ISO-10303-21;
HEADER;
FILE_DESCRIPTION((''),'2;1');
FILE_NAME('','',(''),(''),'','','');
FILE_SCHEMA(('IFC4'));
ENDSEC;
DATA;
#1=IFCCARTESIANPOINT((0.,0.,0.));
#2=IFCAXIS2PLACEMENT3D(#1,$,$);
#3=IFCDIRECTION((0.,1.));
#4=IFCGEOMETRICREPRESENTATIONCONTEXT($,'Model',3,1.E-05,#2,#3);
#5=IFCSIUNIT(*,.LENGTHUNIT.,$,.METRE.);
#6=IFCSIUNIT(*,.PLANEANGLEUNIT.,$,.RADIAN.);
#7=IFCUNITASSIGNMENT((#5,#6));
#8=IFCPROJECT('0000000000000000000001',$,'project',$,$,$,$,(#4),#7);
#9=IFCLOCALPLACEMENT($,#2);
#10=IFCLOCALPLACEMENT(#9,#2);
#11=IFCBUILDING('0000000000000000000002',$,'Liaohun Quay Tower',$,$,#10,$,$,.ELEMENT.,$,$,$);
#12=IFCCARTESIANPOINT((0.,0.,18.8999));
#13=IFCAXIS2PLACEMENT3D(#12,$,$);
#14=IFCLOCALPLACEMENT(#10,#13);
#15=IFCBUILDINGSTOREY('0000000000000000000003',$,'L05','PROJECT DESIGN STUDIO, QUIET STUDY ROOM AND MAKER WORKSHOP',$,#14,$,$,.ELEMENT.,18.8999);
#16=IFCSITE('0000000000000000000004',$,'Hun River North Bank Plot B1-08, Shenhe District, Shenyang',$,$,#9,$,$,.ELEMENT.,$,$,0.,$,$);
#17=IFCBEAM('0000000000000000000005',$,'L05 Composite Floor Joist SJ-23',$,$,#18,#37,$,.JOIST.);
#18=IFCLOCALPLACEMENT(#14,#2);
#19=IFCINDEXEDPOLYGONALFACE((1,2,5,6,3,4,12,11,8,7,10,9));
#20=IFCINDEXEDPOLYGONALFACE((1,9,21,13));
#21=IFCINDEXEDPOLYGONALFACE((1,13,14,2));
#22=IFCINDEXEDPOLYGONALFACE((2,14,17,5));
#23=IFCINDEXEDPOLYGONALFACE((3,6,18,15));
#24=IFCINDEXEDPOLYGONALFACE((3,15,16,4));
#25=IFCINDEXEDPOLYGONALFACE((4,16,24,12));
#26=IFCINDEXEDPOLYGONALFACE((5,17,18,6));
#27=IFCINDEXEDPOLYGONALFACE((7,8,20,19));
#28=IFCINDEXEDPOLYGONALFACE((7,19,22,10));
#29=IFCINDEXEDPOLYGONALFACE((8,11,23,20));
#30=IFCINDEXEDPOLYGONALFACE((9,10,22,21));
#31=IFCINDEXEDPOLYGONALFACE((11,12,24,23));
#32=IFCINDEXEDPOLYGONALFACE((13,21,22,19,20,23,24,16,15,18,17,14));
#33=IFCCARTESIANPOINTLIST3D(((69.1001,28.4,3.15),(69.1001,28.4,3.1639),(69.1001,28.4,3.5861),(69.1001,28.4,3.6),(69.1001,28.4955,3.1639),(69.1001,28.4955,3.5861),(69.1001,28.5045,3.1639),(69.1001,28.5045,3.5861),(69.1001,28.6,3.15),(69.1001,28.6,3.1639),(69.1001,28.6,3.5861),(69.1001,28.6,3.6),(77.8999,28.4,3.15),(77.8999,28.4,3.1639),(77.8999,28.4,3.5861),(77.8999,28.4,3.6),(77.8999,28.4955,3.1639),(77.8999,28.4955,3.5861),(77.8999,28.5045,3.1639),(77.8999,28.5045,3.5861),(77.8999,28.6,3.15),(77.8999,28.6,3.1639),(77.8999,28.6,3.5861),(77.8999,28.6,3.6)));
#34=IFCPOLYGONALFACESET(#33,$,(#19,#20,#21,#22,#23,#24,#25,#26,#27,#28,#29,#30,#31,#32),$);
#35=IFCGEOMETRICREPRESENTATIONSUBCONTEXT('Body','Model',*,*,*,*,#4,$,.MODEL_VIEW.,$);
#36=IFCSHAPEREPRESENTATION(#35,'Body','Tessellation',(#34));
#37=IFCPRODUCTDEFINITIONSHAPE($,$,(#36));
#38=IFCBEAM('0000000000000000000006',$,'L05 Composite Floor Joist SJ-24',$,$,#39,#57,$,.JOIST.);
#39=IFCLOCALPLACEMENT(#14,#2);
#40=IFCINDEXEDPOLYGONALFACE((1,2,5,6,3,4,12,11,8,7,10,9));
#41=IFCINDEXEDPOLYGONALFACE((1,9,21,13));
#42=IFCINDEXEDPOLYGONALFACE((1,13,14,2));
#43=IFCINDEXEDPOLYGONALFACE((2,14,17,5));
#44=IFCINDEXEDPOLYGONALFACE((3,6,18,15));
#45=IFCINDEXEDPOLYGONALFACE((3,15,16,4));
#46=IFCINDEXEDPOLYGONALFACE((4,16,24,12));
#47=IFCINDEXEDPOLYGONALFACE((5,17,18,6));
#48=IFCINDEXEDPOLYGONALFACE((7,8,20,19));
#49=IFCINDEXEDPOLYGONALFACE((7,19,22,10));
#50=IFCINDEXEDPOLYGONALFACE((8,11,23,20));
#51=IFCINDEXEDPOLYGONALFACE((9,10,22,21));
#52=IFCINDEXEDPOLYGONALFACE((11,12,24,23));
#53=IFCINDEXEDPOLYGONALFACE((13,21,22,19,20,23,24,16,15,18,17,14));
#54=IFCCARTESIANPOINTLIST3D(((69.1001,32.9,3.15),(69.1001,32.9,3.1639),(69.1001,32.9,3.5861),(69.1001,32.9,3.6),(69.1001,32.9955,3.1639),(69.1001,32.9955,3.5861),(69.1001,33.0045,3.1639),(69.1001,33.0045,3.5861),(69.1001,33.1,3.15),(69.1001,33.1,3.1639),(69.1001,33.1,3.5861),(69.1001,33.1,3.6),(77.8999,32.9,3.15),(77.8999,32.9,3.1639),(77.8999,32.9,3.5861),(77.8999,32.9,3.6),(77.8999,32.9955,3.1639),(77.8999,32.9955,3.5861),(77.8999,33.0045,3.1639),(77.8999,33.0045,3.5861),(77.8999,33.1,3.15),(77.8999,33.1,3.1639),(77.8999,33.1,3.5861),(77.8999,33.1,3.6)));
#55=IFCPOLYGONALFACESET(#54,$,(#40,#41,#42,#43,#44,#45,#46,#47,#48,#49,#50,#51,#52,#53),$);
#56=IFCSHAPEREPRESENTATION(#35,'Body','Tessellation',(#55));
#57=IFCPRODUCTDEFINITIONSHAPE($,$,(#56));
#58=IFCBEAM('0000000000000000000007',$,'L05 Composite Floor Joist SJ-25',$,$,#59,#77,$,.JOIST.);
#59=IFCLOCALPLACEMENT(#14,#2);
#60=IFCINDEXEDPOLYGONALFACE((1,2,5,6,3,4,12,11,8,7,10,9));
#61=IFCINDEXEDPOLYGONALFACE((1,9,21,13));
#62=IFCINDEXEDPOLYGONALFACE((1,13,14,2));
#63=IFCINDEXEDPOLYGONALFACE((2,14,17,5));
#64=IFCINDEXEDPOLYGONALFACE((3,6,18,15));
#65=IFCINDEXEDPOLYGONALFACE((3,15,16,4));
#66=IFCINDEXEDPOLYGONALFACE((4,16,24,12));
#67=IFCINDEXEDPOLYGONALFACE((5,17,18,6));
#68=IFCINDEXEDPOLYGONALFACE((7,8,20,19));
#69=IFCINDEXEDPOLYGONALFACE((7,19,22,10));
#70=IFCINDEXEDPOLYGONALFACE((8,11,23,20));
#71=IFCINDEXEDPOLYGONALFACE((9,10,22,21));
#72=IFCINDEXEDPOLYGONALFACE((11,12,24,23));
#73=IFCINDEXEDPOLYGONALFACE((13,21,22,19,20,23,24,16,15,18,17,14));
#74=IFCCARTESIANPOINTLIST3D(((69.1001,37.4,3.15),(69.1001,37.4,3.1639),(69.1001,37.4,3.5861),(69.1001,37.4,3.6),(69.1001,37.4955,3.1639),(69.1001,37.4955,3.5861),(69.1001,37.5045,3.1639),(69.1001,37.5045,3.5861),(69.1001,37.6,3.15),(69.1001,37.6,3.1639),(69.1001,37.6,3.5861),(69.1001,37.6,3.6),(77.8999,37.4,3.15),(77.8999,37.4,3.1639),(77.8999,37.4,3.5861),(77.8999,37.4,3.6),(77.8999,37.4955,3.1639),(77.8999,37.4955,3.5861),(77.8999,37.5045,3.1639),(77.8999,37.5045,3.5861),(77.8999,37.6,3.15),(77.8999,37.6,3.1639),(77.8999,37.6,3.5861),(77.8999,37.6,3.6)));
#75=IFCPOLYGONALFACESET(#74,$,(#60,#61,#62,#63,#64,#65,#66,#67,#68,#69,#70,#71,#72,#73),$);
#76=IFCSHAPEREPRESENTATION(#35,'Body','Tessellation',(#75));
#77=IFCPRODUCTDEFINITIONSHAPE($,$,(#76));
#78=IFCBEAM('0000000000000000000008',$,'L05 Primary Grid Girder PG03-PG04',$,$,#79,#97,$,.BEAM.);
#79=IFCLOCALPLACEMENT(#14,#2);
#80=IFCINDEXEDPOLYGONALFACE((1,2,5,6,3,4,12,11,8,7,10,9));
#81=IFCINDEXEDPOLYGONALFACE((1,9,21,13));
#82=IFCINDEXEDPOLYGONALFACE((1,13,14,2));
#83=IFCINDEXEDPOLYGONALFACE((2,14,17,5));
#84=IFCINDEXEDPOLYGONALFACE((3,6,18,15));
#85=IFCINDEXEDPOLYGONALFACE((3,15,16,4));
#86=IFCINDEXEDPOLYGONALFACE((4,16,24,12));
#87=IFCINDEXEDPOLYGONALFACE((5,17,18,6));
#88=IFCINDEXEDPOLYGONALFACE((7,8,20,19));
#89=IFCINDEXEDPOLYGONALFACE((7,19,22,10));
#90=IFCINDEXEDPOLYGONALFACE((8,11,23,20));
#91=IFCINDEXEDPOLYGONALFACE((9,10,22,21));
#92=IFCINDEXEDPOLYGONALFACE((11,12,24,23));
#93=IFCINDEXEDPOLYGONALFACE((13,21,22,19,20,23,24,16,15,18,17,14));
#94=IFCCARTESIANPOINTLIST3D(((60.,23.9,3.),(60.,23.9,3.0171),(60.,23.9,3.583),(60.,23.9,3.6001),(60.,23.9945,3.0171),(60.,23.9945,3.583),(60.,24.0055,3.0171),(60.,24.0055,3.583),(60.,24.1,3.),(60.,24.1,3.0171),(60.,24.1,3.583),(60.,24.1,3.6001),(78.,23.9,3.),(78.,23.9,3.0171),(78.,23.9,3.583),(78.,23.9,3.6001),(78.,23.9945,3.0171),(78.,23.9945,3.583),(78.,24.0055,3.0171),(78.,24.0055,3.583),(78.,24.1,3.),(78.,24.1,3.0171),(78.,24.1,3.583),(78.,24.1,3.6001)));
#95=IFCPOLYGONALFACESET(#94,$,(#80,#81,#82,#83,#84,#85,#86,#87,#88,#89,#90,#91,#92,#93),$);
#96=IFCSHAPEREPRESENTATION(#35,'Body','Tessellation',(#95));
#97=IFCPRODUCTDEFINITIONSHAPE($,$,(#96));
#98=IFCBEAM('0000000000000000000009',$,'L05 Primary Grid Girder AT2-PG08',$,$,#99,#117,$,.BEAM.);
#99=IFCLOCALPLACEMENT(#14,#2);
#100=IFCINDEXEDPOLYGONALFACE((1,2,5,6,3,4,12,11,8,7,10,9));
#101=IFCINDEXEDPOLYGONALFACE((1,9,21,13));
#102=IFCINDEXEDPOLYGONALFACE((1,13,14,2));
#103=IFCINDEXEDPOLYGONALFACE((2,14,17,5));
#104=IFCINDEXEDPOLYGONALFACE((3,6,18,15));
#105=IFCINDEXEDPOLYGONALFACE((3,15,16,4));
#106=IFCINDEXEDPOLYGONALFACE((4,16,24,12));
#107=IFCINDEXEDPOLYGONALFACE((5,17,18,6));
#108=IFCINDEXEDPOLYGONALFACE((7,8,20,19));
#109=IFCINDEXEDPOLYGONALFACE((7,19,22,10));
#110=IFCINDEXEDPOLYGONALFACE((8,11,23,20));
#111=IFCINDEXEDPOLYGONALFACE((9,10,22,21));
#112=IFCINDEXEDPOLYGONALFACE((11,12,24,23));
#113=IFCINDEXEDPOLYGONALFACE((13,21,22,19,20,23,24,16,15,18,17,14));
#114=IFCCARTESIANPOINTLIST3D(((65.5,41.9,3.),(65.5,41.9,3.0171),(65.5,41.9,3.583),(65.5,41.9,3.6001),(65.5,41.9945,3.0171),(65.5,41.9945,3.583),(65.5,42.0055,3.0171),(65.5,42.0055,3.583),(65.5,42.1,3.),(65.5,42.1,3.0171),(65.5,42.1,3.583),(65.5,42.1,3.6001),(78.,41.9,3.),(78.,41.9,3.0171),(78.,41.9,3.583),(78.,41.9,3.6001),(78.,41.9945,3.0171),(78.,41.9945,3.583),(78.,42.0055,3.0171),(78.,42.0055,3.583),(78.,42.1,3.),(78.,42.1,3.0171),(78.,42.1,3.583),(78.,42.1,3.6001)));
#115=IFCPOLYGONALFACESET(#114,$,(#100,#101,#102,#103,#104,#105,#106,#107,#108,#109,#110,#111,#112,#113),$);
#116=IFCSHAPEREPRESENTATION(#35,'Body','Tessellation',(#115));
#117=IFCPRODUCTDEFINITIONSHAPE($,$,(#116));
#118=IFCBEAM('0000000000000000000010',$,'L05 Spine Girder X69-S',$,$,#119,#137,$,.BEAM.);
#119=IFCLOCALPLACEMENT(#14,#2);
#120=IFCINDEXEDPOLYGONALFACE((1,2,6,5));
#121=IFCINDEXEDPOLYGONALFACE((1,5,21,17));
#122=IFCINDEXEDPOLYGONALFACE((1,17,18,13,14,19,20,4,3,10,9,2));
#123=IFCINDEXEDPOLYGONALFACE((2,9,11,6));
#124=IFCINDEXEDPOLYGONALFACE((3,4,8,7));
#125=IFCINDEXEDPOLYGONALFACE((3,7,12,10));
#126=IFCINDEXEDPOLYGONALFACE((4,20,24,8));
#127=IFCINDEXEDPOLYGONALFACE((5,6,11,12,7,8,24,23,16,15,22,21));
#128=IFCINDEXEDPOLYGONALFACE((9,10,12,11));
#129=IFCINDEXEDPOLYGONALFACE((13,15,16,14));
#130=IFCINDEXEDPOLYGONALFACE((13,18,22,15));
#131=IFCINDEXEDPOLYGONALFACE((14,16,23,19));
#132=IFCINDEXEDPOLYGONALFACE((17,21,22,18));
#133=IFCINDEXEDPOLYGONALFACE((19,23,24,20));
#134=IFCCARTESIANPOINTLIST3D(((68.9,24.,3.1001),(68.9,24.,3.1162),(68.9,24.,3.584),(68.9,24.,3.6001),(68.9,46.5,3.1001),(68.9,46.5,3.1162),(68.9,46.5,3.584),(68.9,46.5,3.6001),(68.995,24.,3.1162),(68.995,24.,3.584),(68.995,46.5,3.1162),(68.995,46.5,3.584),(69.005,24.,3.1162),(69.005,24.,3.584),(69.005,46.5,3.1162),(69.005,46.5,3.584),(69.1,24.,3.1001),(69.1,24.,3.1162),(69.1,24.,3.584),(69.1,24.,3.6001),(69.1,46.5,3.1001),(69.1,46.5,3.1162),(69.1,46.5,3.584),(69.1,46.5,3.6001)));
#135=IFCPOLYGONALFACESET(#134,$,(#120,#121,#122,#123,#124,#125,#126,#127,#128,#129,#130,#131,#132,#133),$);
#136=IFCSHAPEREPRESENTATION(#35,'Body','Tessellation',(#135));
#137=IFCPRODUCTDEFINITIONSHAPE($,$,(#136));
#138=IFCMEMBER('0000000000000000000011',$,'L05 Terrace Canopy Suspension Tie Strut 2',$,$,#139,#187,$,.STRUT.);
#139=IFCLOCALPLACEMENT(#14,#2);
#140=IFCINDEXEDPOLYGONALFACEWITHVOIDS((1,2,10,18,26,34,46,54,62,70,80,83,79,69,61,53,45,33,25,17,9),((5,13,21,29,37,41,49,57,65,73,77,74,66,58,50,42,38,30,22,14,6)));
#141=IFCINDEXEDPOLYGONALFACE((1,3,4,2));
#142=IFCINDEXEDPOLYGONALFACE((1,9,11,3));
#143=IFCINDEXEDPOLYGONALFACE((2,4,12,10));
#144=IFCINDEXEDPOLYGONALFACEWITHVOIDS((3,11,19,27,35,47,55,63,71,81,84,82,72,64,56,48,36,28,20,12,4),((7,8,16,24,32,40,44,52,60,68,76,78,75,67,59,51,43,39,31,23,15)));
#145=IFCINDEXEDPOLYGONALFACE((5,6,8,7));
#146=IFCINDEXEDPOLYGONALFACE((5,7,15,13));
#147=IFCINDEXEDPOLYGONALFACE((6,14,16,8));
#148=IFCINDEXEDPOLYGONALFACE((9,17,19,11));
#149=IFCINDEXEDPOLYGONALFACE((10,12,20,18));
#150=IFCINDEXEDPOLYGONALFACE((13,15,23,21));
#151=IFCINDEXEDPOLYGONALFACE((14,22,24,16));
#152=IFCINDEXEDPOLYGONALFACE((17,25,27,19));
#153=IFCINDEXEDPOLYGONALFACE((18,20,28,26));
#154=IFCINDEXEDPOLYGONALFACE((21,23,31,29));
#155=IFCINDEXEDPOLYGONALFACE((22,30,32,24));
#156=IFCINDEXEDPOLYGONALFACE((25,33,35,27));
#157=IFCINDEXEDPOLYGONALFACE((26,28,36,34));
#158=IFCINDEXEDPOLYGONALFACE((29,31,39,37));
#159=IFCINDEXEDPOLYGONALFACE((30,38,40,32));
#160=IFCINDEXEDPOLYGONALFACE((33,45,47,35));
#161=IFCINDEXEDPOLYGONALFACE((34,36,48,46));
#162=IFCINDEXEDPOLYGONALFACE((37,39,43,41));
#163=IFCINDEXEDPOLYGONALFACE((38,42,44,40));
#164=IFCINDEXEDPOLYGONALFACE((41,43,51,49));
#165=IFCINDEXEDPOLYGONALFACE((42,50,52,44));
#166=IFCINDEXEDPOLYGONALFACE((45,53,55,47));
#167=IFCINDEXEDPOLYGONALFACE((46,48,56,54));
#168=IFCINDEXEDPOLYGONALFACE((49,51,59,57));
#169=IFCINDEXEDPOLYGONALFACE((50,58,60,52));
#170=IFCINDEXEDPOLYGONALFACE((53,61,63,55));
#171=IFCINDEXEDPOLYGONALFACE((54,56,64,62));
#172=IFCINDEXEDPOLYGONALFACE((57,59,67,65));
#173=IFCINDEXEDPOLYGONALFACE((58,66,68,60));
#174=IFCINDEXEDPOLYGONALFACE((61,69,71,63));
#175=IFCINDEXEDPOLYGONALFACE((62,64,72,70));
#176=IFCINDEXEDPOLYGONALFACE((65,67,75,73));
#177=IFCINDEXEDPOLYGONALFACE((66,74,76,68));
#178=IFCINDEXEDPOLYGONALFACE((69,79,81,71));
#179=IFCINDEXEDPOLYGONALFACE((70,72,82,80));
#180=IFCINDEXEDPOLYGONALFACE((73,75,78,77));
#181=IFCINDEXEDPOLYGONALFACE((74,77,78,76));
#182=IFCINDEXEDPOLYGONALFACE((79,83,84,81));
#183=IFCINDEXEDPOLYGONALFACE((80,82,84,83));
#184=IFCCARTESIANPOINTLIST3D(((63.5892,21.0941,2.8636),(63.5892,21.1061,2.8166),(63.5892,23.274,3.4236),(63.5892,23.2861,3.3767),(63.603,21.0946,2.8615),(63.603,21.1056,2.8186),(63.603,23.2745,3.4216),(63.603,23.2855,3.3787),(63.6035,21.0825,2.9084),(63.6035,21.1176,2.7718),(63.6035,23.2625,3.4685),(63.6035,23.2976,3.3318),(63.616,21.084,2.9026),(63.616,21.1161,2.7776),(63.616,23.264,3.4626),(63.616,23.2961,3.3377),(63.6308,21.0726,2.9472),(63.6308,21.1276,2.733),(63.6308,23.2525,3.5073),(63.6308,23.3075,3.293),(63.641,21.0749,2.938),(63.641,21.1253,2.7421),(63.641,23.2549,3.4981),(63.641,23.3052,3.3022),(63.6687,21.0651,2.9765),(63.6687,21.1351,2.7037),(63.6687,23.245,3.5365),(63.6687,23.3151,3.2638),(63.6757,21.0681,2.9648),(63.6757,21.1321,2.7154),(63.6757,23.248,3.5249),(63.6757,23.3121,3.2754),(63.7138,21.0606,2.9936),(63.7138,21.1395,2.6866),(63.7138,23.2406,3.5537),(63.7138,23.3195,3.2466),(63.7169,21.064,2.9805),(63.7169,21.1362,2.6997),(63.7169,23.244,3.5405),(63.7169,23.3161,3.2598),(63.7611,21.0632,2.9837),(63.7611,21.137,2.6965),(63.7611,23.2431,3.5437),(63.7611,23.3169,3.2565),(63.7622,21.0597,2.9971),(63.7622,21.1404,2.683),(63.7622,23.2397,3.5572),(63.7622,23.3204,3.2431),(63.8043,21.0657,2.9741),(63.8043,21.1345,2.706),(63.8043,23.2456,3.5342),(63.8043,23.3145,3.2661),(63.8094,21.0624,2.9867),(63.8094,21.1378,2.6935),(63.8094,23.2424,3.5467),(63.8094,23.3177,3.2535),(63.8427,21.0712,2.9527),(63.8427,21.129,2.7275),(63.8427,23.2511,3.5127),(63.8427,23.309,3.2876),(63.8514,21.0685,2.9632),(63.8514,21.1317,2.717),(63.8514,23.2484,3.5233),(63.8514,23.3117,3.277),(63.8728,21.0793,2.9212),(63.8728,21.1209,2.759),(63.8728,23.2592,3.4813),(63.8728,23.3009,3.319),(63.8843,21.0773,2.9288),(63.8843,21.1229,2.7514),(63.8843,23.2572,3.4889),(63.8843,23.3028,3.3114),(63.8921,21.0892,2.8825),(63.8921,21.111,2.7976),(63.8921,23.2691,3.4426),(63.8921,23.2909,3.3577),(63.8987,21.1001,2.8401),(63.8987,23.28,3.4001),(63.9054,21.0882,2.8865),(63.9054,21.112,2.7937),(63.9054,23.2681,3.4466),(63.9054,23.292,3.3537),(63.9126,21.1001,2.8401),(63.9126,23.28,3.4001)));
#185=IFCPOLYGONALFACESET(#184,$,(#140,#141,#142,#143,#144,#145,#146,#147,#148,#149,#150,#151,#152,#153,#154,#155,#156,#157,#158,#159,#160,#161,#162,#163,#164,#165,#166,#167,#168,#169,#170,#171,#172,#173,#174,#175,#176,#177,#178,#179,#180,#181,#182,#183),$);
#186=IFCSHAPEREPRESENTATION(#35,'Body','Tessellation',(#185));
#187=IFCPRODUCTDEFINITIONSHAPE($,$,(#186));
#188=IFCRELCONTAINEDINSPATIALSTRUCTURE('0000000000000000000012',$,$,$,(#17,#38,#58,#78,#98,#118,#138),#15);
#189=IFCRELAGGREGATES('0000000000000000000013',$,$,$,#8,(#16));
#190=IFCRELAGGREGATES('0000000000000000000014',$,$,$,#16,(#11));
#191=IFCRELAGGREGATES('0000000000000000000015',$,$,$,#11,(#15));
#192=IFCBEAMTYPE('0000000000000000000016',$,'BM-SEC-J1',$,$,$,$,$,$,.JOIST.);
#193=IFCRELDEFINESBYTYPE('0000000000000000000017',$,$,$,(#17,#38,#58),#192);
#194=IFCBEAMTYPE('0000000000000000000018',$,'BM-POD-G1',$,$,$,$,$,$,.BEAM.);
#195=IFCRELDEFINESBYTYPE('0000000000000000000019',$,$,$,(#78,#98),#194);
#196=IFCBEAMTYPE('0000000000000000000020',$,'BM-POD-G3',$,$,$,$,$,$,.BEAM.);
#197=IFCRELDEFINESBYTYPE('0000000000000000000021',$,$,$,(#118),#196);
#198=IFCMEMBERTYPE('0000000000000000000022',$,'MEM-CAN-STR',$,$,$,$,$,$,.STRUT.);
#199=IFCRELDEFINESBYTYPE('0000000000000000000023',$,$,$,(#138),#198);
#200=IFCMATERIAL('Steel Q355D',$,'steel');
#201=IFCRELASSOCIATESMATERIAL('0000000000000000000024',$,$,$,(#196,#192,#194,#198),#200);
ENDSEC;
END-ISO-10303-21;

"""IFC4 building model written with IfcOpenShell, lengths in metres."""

from ifc_helpers import new_model, si_unit, direction, frame, origin, origin_2d, place, context, subcontext, project, spatial, hollow_circle, i_section, extrude, source, transform, mapped, material, material_profile, profile_set, type_object, element, save


model = new_model("IFC4")

# Units and contexts
model_context = context("Model", 3, precision=1e-05, world=origin(), true_north=direction((0.0, 1.0)))
body_context = subcontext(model_context, "Body", "Model", "MODEL_VIEW")
ifc_project = project(units=[si_unit("LENGTHUNIT", "METRE"), si_unit("PLANEANGLEUNIT", "RADIAN")], contexts=[model_context])

# Site, building, storey
site_placement = place(None, origin())
site = spatial("IfcSite", under=ifc_project, at=site_placement, Name="Hun River North Bank Plot B1-08, Shenhe District, Shenyang", CompositionType="ELEMENT", RefElevation=0.0)
building_placement = place(site_placement, origin())
building = spatial("IfcBuilding", under=site, at=building_placement, Name="Liaohun Quay Tower", CompositionType="ELEMENT")
storey_placement = place(building_placement, frame((0.0, 0.0, 18.8999)))
storey = spatial("IfcBuildingStorey", under=building, at=storey_placement, Name="L05", Description="PROJECT DESIGN STUDIO, QUIET STUDY ROOM AND MAKER WORKSHOP", CompositionType="ELEMENT", Elevation=18.8999)

# Shared definitions
ifc_material_1 = material(Name="Steel Q355D", Category="steel")

# Beams
ifc_material_profile_1 = material_profile(ifc_material_1, i_section(OverallWidth=0.2, OverallDepth=0.5, WebThickness=0.01, FlangeThickness=0.0161, at=origin_2d()), Name="HN500x200x10x16")
ifc_profile_set_1 = profile_set([ifc_material_profile_1], Name="Steel Q355D")
beam_type_1 = type_object("IfcBeamType", Name="BM-POD-G3", PredefinedType="BEAM", material=ifc_profile_set_1)
ifc_material_profile_2 = material_profile(ifc_material_1, i_section(OverallWidth=0.2, OverallDepth=0.45, WebThickness=0.009, FlangeThickness=0.0139, at=origin_2d()), Name="HN450x200x9x14")
ifc_profile_set_2 = profile_set([ifc_material_profile_2], Name="Steel Q355D")
beam_type_2 = type_object("IfcBeamType", Name="BM-SEC-J1", PredefinedType="JOIST", material=ifc_profile_set_2)
shared_shape_1 = source(origin(), body_context, "Body", "SweptSolid", [
    extrude(i_section(OverallWidth=0.2, OverallDepth=0.45, WebThickness=0.009, FlangeThickness=0.0139, at=origin_2d()), origin(), (0.0, 0.0, 1.0), 8.7998),
])
for number, where, z_axis, x_axis, name in (
    (1, (69.1001, 28.5, 3.375), (1.0, 0.0, 0.0), (0.0, 1.0, 0.0), "L05 Composite Floor Joist SJ-23"),
    (2, (69.1001, 33.0, 3.375), (1.0, 0.0, 0.0), (0.0, 1.0, 0.0), "L05 Composite Floor Joist SJ-24"),
    (3, (69.1001, 37.5, 3.375), (1.0, 0.0, 0.0), (0.0, 1.0, 0.0), "L05 Composite Floor Joist SJ-25"),
):
    element("IfcBeam", number, at=place(storey_placement, frame(where, z_axis=z_axis, x_axis=x_axis)), inside=storey, type_object=beam_type_2, Name=name, PredefinedType="JOIST", context=body_context, shape_type="MappedRepresentation", body=[
        mapped(shared_shape_1, transform((0.0, 0.0, 0.0), x_axis=(1.0, 0.0, 0.0), y_axis=(0.0, 1.0, 0.0), z_axis=(0.0, 0.0, 1.0), scale=1.0)),
    ])
ifc_material_profile_3 = material_profile(ifc_material_1, i_section(OverallWidth=0.2, OverallDepth=0.6001, WebThickness=0.011, FlangeThickness=0.0171, at=origin_2d()), Name="HN600x200x11x17")
ifc_profile_set_3 = profile_set([ifc_material_profile_3], Name="Steel Q355D")
beam_type_3 = type_object("IfcBeamType", Name="BM-POD-G1", PredefinedType="BEAM", material=ifc_profile_set_3)
shared_shape_2 = source(origin(), body_context, "Body", "SweptSolid", [
    extrude(i_section(OverallWidth=0.2, OverallDepth=0.6001, WebThickness=0.011, FlangeThickness=0.0171, at=origin_2d()), origin(), (0.0, 0.0, 1.0), 18.0),
])
beam_1_placement = place(storey_placement, frame((60.0, 24.0, 3.3), z_axis=(1.0, 0.0, 0.0), x_axis=(0.0, 1.0, 0.0)))
element("IfcBeam", 4, at=beam_1_placement, inside=storey, type_object=beam_type_3, Name="L05 Primary Grid Girder PG03-PG04", PredefinedType="BEAM", context=body_context, shape_type="MappedRepresentation", body=[
    mapped(shared_shape_2, transform((0.0, 0.0, 0.0), x_axis=(1.0, 0.0, 0.0), y_axis=(0.0, 1.0, 0.0), z_axis=(0.0, 0.0, 1.0), scale=1.0)),
])
shared_shape_3 = source(origin(), body_context, "Body", "SweptSolid", [
    extrude(i_section(OverallWidth=0.2, OverallDepth=0.6001, WebThickness=0.011, FlangeThickness=0.0171, at=origin_2d()), origin(), (0.0, 0.0, 1.0), 12.5),
])
beam_2_placement = place(storey_placement, frame((65.5, 42.0, 3.3), z_axis=(1.0, 0.0, 0.0), x_axis=(0.0, 1.0, 0.0)))
element("IfcBeam", 5, at=beam_2_placement, inside=storey, type_object=beam_type_3, Name="L05 Primary Grid Girder AT2-PG08", PredefinedType="BEAM", context=body_context, shape_type="MappedRepresentation", body=[
    mapped(shared_shape_3, transform((0.0, 0.0, 0.0), x_axis=(1.0, 0.0, 0.0), y_axis=(0.0, 1.0, 0.0), z_axis=(0.0, 0.0, 1.0), scale=1.0)),
])
shared_shape_4 = source(origin(), body_context, "Body", "SweptSolid", [
    extrude(i_section(OverallWidth=0.2, OverallDepth=0.5, WebThickness=0.01, FlangeThickness=0.0161, at=origin_2d()), origin(), (0.0, 0.0, 1.0), 22.5),
])
beam_3_placement = place(storey_placement, frame((69.0, 24.0, 3.3501), z_axis=(0.0, 1.0, 0.0), x_axis=(-1.0, 0.0, 0.0)))
element("IfcBeam", 6, at=beam_3_placement, inside=storey, type_object=beam_type_1, Name="L05 Spine Girder X69-S", PredefinedType="BEAM", context=body_context, shape_type="MappedRepresentation", body=[
    mapped(shared_shape_4, transform((0.0, 0.0, 0.0), x_axis=(1.0, 0.0, 0.0), y_axis=(0.0, 1.0, 0.0), z_axis=(0.0, 0.0, 1.0), scale=1.0)),
])

# Member
ifc_material_profile_4 = material_profile(ifc_material_1, hollow_circle(Radius=0.1626, WallThickness=0.0139, at=origin_2d()), Name="CHS325x14")
ifc_profile_set_4 = profile_set([ifc_material_profile_4], Name="Steel Q355D")
member_type = type_object("IfcMemberType", Name="MEM-CAN-STR", PredefinedType="STRUT", material=ifc_profile_set_4)
shared_shape_5 = source(origin(), body_context, "Body", "SweptSolid", [
    extrude(hollow_circle(Radius=0.1626, WallThickness=0.0139, at=origin_2d()), origin(), (0.0, 0.0, 1.0), 2.2507),
])
member_placement = place(storey_placement, frame((63.75, 23.28, 3.4001), z_axis=(0.0, -0.968546, -0.248835), x_axis=(1.0, 0.0, 0.0)))
element("IfcMember", 7, at=member_placement, inside=storey, type_object=member_type, Name="L05 Terrace Canopy Suspension Tie Strut 2", PredefinedType="STRUT", context=body_context, shape_type="MappedRepresentation", body=[
    mapped(shared_shape_5, transform((0.0, 0.0, 0.0), x_axis=(1.0, 0.0, 0.0), y_axis=(0.0, 1.0, 0.0), z_axis=(0.0, 0.0, 1.0), scale=1.0)),
])

save(model, "model.ifc")
